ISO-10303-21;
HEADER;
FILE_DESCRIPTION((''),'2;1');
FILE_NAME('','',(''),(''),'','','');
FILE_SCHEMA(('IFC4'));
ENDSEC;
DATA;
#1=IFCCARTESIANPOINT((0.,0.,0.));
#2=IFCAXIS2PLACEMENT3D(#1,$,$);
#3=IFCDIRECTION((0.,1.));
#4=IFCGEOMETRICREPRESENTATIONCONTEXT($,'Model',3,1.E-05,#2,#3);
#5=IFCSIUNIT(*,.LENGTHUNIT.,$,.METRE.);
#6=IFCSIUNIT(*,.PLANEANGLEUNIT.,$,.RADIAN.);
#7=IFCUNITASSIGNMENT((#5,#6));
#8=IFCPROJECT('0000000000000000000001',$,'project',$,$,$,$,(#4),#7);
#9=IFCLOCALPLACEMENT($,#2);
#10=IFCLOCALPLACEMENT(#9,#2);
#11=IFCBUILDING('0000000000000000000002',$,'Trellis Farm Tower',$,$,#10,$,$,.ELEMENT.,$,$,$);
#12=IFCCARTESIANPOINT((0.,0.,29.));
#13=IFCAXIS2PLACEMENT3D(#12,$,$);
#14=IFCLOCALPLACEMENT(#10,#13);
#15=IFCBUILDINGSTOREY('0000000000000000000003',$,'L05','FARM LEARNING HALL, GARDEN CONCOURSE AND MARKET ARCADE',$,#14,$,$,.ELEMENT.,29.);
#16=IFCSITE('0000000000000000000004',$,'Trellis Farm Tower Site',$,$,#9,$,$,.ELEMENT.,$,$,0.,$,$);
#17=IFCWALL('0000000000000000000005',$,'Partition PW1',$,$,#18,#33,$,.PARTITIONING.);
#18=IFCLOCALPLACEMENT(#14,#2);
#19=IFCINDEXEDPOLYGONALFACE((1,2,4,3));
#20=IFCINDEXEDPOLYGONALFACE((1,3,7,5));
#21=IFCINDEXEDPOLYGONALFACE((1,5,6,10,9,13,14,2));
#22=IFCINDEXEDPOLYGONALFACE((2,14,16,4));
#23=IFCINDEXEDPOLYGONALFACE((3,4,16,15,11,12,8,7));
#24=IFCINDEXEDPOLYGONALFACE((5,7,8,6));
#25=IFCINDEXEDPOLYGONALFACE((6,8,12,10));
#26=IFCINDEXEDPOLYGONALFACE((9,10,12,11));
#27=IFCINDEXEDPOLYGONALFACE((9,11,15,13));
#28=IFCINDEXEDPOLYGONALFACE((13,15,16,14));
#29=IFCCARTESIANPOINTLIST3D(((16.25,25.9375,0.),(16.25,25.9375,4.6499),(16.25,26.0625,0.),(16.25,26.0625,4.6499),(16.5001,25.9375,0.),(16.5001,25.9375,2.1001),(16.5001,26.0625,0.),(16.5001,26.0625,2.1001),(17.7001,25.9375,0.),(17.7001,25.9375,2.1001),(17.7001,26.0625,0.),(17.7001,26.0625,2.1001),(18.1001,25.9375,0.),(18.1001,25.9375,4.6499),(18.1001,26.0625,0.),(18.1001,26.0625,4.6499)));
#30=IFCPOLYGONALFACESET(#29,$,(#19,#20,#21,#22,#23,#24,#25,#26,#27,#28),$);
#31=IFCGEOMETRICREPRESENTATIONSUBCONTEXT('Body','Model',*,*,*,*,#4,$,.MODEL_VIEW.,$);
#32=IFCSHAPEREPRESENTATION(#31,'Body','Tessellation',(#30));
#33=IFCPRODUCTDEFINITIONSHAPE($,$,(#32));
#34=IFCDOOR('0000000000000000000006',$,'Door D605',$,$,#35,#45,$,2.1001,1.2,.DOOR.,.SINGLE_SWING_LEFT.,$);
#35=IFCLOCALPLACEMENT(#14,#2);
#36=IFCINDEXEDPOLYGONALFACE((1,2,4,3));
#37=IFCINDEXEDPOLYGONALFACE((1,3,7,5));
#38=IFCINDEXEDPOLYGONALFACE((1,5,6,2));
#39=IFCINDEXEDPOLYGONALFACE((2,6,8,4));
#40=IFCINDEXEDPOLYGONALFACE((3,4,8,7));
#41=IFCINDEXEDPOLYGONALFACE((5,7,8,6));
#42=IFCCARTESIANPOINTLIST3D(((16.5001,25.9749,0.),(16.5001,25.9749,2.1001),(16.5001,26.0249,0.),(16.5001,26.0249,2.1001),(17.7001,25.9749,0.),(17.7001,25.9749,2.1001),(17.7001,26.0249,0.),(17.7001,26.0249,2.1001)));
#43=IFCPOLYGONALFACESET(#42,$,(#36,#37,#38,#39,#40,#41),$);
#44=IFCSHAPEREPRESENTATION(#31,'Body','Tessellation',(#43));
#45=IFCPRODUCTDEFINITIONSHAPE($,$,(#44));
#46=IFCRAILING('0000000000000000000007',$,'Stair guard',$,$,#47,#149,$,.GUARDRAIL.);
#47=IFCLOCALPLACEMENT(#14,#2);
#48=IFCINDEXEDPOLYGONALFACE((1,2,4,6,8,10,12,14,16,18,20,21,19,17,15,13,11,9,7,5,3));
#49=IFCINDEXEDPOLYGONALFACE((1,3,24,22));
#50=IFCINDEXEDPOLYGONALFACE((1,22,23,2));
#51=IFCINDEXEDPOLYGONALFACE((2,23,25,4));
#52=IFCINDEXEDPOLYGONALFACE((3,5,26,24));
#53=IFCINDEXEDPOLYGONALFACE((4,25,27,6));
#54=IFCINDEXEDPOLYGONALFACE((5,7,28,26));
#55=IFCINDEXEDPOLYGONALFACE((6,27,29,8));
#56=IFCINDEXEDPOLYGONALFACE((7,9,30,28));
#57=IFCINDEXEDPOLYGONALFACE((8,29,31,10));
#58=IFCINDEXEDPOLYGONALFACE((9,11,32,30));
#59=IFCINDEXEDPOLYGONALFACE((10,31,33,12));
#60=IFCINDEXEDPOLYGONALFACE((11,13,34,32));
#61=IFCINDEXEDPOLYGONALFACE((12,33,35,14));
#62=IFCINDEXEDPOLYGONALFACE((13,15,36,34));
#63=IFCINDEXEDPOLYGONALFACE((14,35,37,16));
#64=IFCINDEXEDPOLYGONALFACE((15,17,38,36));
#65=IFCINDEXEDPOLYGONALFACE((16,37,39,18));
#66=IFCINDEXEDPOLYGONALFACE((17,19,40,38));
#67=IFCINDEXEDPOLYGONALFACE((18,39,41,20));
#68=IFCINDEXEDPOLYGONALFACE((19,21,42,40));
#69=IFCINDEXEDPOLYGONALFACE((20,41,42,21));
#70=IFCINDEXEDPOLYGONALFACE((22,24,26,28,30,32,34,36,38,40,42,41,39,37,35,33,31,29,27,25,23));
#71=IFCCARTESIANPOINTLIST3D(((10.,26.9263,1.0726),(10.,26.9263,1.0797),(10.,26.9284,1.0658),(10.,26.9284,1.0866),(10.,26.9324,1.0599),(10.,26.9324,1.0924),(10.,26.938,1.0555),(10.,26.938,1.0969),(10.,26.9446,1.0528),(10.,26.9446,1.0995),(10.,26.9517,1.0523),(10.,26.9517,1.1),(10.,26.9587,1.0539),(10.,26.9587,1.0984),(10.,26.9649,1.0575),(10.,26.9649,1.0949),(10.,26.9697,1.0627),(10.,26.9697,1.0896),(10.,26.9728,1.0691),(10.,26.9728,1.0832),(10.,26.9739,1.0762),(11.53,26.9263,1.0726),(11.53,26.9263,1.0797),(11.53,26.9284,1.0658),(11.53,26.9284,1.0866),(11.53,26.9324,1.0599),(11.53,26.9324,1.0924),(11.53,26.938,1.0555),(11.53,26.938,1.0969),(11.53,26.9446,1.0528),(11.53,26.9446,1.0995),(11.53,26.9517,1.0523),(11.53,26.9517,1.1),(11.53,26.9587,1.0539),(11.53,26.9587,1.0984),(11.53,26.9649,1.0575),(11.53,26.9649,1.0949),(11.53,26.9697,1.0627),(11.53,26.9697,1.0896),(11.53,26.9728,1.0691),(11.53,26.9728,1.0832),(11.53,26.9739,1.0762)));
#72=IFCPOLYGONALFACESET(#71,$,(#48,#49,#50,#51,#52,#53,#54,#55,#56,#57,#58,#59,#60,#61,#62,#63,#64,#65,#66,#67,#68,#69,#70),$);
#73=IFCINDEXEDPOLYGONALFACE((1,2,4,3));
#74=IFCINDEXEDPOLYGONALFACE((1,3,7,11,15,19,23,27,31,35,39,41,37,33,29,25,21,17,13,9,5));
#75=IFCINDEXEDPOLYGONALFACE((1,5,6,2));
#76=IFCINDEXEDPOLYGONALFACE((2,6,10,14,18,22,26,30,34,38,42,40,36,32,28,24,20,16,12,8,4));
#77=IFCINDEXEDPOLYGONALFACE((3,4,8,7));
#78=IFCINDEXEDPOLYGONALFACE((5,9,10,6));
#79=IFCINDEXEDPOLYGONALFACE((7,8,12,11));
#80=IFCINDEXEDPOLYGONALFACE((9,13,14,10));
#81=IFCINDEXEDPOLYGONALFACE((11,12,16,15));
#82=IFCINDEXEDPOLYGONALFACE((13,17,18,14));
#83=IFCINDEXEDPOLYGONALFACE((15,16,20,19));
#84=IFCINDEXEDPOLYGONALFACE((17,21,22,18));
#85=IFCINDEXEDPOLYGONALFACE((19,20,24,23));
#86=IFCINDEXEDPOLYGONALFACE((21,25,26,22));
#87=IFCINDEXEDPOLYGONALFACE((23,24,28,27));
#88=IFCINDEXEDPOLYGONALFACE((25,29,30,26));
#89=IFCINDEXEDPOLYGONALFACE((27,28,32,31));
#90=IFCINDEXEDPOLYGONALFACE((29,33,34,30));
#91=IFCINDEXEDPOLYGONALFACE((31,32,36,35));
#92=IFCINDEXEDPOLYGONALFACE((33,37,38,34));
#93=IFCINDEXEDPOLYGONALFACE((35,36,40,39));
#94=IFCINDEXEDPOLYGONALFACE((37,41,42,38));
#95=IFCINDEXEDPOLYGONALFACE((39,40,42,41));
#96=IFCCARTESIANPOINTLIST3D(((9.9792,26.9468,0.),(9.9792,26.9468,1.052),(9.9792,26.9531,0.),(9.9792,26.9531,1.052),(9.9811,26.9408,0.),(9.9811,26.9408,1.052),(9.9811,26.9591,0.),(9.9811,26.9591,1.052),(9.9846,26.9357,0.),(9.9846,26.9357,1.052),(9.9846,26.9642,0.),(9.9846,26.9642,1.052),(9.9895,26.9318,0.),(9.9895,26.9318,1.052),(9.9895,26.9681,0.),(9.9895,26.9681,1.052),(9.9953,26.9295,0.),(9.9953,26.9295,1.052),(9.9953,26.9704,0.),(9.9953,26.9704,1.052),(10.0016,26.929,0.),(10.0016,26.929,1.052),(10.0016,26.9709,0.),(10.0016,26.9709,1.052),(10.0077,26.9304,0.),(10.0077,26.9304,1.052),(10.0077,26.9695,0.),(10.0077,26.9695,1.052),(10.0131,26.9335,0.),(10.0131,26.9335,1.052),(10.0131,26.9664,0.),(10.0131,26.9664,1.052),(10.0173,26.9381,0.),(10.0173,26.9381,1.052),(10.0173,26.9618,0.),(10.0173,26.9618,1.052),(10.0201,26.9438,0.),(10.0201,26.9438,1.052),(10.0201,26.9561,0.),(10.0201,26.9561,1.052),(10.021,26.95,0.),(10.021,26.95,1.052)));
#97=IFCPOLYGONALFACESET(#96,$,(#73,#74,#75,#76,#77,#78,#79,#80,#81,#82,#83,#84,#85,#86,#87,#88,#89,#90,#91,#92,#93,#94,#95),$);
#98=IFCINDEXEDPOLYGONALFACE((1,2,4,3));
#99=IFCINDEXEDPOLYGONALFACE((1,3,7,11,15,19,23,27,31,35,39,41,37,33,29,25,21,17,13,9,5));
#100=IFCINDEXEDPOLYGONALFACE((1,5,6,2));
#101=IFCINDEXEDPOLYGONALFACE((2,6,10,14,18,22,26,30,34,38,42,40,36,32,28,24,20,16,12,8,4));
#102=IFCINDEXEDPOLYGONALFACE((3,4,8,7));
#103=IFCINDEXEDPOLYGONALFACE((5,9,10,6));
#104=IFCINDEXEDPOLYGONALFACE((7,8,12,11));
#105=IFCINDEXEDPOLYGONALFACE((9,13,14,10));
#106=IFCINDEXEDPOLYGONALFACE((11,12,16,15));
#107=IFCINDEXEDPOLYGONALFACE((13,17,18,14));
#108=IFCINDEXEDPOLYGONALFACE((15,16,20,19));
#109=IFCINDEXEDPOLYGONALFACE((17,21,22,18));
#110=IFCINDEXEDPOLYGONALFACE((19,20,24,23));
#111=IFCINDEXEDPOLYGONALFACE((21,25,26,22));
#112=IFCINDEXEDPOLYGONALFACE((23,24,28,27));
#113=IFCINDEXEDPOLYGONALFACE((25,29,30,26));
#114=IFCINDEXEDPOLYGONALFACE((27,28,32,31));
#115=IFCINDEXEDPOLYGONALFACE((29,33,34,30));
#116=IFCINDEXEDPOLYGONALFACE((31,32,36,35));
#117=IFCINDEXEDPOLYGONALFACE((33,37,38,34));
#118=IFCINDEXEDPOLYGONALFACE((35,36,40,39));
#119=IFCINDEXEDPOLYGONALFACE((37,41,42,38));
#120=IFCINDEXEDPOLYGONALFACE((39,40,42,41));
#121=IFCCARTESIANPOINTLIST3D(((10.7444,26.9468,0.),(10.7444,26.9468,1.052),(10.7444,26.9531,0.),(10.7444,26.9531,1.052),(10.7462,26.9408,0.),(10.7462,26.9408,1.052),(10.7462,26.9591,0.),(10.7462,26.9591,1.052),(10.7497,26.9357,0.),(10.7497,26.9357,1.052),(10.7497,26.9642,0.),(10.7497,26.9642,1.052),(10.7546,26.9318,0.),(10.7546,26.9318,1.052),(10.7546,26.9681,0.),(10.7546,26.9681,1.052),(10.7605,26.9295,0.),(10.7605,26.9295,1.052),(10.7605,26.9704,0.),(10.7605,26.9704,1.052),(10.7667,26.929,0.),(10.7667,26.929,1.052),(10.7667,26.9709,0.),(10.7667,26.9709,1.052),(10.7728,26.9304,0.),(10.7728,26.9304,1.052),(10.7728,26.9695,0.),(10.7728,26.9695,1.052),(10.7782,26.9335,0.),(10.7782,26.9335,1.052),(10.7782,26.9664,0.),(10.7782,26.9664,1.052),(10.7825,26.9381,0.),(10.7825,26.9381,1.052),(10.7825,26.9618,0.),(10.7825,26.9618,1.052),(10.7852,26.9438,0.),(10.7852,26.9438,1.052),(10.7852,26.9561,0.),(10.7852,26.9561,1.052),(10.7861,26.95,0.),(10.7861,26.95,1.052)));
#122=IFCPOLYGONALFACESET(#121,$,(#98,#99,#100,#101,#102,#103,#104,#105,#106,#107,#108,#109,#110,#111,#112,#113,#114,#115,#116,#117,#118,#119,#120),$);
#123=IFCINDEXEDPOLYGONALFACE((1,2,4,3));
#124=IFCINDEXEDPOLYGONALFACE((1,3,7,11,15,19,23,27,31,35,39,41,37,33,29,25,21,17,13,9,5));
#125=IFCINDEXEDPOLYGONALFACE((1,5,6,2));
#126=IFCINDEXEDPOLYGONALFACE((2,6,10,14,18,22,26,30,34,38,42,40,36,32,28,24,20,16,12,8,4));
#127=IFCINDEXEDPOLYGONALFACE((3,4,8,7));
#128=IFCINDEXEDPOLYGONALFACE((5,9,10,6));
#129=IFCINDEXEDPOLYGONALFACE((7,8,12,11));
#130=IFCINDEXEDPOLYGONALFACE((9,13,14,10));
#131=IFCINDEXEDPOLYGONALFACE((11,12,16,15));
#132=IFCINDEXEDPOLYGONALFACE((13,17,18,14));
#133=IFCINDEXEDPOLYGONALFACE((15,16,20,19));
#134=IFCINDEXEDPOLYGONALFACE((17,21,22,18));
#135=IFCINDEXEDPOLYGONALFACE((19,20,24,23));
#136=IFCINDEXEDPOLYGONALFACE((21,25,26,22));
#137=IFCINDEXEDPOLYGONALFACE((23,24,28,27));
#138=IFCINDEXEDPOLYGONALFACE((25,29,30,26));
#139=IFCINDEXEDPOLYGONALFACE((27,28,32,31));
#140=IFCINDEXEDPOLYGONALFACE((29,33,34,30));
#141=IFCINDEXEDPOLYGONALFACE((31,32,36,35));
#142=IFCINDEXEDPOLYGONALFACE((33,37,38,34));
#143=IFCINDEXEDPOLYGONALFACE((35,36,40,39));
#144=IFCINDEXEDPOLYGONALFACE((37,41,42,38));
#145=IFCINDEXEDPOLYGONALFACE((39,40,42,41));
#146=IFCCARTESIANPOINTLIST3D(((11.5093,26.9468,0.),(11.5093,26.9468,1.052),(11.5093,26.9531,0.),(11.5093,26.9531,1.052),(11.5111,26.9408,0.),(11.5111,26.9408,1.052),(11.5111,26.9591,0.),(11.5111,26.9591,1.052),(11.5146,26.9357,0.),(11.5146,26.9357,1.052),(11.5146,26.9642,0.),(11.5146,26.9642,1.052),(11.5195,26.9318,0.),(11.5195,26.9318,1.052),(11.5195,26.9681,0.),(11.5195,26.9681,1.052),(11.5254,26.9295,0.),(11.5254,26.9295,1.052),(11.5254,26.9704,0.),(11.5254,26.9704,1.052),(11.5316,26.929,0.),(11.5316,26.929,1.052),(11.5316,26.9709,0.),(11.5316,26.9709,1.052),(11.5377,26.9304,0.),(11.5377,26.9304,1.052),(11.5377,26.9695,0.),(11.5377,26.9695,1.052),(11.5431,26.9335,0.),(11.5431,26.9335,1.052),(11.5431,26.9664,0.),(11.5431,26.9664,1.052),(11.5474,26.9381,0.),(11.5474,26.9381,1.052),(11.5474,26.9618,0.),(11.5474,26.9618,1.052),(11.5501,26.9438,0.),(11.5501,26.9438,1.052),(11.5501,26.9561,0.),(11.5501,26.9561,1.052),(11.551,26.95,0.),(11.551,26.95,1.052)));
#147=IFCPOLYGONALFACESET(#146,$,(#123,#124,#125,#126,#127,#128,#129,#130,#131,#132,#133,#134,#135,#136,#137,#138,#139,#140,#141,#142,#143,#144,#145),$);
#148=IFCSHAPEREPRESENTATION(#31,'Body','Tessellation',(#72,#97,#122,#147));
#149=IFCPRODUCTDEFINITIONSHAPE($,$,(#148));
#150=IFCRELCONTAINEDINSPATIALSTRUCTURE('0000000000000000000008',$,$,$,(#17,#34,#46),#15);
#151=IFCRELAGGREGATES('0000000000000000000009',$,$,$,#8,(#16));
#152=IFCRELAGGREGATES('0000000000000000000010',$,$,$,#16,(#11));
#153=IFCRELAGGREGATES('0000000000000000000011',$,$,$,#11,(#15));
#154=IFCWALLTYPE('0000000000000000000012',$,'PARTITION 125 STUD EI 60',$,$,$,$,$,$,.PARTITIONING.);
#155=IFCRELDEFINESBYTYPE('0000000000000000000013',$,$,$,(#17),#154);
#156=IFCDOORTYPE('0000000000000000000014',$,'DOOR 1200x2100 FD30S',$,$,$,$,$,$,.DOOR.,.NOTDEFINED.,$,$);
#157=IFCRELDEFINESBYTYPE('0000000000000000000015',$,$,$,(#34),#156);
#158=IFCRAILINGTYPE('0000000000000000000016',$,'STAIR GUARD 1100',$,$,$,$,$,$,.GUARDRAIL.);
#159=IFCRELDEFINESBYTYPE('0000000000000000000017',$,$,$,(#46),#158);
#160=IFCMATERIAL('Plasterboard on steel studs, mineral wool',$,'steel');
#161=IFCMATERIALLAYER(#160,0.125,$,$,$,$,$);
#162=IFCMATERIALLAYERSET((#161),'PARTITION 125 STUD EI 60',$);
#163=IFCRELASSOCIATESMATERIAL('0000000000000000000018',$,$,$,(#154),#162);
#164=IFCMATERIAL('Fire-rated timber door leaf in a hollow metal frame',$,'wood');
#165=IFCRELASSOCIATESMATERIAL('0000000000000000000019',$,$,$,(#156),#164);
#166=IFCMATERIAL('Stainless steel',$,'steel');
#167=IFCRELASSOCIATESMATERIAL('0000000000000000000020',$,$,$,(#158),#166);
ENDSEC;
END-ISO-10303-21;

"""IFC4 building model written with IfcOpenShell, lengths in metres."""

from ifc_helpers import new_model, si_unit, direction, frame, frame_2d, origin, origin_2d, place, context, subcontext, project, spatial, rectangle, circle, extrude, source, transform, mapped, material, layer, layer_set, type_object, element, fill, save


model = new_model("IFC4")

# Units and contexts
model_context = context("Model", 3, precision=1e-05, world=origin(), true_north=direction((0.0, 1.0)))
body_context = subcontext(model_context, "Body", "Model", "MODEL_VIEW")
ifc_project = project(units=[si_unit("LENGTHUNIT", "METRE"), si_unit("PLANEANGLEUNIT", "RADIAN")], contexts=[model_context])

# Site, building, storey
site_placement = place(None, origin())
site = spatial("IfcSite", under=ifc_project, at=site_placement, Name="Trellis Farm Tower Site", CompositionType="ELEMENT", RefElevation=0.0)
building_placement = place(site_placement, origin())
building = spatial("IfcBuilding", under=site, at=building_placement, Name="Trellis Farm Tower", CompositionType="ELEMENT")
storey_placement = place(building_placement, frame((0.0, 0.0, 29.0)))
storey = spatial("IfcBuildingStorey", under=building, at=storey_placement, Name="L05", Description="FARM LEARNING HALL, GARDEN CONCOURSE AND MARKET ARCADE", CompositionType="ELEMENT", Elevation=29.0)

# Shared definitions
ifc_material_1 = material(Name="Fire-rated timber door leaf in a hollow metal frame", Category="wood")

# Wall, opening, door
ifc_material_2 = material(Name="Plasterboard on steel studs, mineral wool", Category="steel")
ifc_layer_1 = layer(ifc_material_2, 0.125)
ifc_layer_set_1 = layer_set([ifc_layer_1], Name="PARTITION 125 STUD EI 60")
wall_type_1 = type_object("IfcWallType", Name="PARTITION 125 STUD EI 60", PredefinedType="PARTITIONING", material=ifc_layer_set_1)
shared_shape_1 = source(origin(), body_context, "Body", "SweptSolid", [
    extrude(rectangle(XDim=1.8501, YDim=0.125, at=frame_2d((0.925, 0.0))), origin(), (0.0, 0.0, 1.0), 4.6499),
])
wall_1_placement = place(storey_placement, frame((16.25, 26.0, 0.0), z_axis=(0.0, 0.0, 1.0), x_axis=(1.0, 0.0, 0.0)))
wall_1 = element("IfcWall", 1, at=wall_1_placement, inside=storey, type_object=wall_type_1, Name="Partition PW1", PredefinedType="PARTITIONING", context=body_context, shape_type="MappedRepresentation", body=[
    mapped(shared_shape_1, transform((0.0, 0.0, 0.0))),
])
shared_shape_2 = source(origin(), body_context, "Body", "SweptSolid", [
    extrude(rectangle(XDim=1.2, YDim=2.1001, at=frame_2d((0.6001, 1.05))), frame((0.0, 0.0725, 0.0), z_axis=(0.0, -1.0, 0.0), x_axis=(1.0, 0.0, 0.0)), (0.0, 0.0, 1.0), 0.145),
])
opening_1_placement = place(wall_1_placement, frame((0.25, 0.0, 0.0)))
opening_1 = element("IfcOpeningElement", 2, at=opening_1_placement, cuts=wall_1, PredefinedType="OPENING", context=body_context, shape_type="MappedRepresentation", body=[
    mapped(shared_shape_2, transform((0.0, 0.0, 0.0))),
])
door_type_1 = type_object("IfcDoorType", Name="DOOR 1200x2100 FD30S", OperationType="NOTDEFINED", PredefinedType="DOOR", material=ifc_material_1)
shared_shape_3 = source(origin(), body_context, "Body", "SweptSolid", [
    extrude(rectangle(XDim=1.2, YDim=2.1001, at=frame_2d((0.6001, 1.05))), frame((0.0, 0.0249, 0.0), z_axis=(0.0, -1.0, 0.0), x_axis=(1.0, 0.0, 0.0)), (0.0, 0.0, 1.0), 0.05),
])
door_1_placement = place(opening_1_placement, origin())
door_1 = element("IfcDoor", 3, at=door_1_placement, inside=storey, type_object=door_type_1, Name="Door D605", OperationType="SINGLE_SWING_LEFT", OverallHeight=2.1001, OverallWidth=1.2, PredefinedType="DOOR", context=body_context, shape_type="MappedRepresentation", body=[
    mapped(shared_shape_3, transform((0.0, 0.0, 0.0))),
])
fill(opening_1, door_1)

# Railing
ifc_material_3 = material(Name="Stainless steel", Category="steel")
railing_type = type_object("IfcRailingType", Name="STAIR GUARD 1100", PredefinedType="GUARDRAIL", material=ifc_material_3)
shared_shape_4 = source(origin(), body_context, "Body", "SweptSolid", [
    extrude(circle(Radius=0.0239, at=origin_2d()), frame((0.0, 0.0, 1.0762), z_axis=(1.0, 0.0, 0.0), x_axis=(0.0, 1.0, 0.0)), (0.0, 0.0, 1.0), 1.53),
    extrude(circle(Radius=0.021, at=origin_2d()), origin(), (0.0, 0.0, 1.0), 1.052),
    extrude(circle(Radius=0.021, at=origin_2d()), frame((0.7651, 0.0, 0.0)), (0.0, 0.0, 1.0), 1.052),
    extrude(circle(Radius=0.021, at=origin_2d()), frame((1.53, 0.0, 0.0)), (0.0, 0.0, 1.0), 1.052),
])
for number, where, name in (
    (4, (10.0, 26.95, 0.0), "Stair guard"),
):
    element("IfcRailing", number, at=place(storey_placement, frame(where)), inside=storey, type_object=railing_type, Name=name, PredefinedType="GUARDRAIL", context=body_context, shape_type="MappedRepresentation", body=[
        mapped(shared_shape_4, transform((0.0, 0.0, 0.0))),
    ])

save(model, "model.ifc")
